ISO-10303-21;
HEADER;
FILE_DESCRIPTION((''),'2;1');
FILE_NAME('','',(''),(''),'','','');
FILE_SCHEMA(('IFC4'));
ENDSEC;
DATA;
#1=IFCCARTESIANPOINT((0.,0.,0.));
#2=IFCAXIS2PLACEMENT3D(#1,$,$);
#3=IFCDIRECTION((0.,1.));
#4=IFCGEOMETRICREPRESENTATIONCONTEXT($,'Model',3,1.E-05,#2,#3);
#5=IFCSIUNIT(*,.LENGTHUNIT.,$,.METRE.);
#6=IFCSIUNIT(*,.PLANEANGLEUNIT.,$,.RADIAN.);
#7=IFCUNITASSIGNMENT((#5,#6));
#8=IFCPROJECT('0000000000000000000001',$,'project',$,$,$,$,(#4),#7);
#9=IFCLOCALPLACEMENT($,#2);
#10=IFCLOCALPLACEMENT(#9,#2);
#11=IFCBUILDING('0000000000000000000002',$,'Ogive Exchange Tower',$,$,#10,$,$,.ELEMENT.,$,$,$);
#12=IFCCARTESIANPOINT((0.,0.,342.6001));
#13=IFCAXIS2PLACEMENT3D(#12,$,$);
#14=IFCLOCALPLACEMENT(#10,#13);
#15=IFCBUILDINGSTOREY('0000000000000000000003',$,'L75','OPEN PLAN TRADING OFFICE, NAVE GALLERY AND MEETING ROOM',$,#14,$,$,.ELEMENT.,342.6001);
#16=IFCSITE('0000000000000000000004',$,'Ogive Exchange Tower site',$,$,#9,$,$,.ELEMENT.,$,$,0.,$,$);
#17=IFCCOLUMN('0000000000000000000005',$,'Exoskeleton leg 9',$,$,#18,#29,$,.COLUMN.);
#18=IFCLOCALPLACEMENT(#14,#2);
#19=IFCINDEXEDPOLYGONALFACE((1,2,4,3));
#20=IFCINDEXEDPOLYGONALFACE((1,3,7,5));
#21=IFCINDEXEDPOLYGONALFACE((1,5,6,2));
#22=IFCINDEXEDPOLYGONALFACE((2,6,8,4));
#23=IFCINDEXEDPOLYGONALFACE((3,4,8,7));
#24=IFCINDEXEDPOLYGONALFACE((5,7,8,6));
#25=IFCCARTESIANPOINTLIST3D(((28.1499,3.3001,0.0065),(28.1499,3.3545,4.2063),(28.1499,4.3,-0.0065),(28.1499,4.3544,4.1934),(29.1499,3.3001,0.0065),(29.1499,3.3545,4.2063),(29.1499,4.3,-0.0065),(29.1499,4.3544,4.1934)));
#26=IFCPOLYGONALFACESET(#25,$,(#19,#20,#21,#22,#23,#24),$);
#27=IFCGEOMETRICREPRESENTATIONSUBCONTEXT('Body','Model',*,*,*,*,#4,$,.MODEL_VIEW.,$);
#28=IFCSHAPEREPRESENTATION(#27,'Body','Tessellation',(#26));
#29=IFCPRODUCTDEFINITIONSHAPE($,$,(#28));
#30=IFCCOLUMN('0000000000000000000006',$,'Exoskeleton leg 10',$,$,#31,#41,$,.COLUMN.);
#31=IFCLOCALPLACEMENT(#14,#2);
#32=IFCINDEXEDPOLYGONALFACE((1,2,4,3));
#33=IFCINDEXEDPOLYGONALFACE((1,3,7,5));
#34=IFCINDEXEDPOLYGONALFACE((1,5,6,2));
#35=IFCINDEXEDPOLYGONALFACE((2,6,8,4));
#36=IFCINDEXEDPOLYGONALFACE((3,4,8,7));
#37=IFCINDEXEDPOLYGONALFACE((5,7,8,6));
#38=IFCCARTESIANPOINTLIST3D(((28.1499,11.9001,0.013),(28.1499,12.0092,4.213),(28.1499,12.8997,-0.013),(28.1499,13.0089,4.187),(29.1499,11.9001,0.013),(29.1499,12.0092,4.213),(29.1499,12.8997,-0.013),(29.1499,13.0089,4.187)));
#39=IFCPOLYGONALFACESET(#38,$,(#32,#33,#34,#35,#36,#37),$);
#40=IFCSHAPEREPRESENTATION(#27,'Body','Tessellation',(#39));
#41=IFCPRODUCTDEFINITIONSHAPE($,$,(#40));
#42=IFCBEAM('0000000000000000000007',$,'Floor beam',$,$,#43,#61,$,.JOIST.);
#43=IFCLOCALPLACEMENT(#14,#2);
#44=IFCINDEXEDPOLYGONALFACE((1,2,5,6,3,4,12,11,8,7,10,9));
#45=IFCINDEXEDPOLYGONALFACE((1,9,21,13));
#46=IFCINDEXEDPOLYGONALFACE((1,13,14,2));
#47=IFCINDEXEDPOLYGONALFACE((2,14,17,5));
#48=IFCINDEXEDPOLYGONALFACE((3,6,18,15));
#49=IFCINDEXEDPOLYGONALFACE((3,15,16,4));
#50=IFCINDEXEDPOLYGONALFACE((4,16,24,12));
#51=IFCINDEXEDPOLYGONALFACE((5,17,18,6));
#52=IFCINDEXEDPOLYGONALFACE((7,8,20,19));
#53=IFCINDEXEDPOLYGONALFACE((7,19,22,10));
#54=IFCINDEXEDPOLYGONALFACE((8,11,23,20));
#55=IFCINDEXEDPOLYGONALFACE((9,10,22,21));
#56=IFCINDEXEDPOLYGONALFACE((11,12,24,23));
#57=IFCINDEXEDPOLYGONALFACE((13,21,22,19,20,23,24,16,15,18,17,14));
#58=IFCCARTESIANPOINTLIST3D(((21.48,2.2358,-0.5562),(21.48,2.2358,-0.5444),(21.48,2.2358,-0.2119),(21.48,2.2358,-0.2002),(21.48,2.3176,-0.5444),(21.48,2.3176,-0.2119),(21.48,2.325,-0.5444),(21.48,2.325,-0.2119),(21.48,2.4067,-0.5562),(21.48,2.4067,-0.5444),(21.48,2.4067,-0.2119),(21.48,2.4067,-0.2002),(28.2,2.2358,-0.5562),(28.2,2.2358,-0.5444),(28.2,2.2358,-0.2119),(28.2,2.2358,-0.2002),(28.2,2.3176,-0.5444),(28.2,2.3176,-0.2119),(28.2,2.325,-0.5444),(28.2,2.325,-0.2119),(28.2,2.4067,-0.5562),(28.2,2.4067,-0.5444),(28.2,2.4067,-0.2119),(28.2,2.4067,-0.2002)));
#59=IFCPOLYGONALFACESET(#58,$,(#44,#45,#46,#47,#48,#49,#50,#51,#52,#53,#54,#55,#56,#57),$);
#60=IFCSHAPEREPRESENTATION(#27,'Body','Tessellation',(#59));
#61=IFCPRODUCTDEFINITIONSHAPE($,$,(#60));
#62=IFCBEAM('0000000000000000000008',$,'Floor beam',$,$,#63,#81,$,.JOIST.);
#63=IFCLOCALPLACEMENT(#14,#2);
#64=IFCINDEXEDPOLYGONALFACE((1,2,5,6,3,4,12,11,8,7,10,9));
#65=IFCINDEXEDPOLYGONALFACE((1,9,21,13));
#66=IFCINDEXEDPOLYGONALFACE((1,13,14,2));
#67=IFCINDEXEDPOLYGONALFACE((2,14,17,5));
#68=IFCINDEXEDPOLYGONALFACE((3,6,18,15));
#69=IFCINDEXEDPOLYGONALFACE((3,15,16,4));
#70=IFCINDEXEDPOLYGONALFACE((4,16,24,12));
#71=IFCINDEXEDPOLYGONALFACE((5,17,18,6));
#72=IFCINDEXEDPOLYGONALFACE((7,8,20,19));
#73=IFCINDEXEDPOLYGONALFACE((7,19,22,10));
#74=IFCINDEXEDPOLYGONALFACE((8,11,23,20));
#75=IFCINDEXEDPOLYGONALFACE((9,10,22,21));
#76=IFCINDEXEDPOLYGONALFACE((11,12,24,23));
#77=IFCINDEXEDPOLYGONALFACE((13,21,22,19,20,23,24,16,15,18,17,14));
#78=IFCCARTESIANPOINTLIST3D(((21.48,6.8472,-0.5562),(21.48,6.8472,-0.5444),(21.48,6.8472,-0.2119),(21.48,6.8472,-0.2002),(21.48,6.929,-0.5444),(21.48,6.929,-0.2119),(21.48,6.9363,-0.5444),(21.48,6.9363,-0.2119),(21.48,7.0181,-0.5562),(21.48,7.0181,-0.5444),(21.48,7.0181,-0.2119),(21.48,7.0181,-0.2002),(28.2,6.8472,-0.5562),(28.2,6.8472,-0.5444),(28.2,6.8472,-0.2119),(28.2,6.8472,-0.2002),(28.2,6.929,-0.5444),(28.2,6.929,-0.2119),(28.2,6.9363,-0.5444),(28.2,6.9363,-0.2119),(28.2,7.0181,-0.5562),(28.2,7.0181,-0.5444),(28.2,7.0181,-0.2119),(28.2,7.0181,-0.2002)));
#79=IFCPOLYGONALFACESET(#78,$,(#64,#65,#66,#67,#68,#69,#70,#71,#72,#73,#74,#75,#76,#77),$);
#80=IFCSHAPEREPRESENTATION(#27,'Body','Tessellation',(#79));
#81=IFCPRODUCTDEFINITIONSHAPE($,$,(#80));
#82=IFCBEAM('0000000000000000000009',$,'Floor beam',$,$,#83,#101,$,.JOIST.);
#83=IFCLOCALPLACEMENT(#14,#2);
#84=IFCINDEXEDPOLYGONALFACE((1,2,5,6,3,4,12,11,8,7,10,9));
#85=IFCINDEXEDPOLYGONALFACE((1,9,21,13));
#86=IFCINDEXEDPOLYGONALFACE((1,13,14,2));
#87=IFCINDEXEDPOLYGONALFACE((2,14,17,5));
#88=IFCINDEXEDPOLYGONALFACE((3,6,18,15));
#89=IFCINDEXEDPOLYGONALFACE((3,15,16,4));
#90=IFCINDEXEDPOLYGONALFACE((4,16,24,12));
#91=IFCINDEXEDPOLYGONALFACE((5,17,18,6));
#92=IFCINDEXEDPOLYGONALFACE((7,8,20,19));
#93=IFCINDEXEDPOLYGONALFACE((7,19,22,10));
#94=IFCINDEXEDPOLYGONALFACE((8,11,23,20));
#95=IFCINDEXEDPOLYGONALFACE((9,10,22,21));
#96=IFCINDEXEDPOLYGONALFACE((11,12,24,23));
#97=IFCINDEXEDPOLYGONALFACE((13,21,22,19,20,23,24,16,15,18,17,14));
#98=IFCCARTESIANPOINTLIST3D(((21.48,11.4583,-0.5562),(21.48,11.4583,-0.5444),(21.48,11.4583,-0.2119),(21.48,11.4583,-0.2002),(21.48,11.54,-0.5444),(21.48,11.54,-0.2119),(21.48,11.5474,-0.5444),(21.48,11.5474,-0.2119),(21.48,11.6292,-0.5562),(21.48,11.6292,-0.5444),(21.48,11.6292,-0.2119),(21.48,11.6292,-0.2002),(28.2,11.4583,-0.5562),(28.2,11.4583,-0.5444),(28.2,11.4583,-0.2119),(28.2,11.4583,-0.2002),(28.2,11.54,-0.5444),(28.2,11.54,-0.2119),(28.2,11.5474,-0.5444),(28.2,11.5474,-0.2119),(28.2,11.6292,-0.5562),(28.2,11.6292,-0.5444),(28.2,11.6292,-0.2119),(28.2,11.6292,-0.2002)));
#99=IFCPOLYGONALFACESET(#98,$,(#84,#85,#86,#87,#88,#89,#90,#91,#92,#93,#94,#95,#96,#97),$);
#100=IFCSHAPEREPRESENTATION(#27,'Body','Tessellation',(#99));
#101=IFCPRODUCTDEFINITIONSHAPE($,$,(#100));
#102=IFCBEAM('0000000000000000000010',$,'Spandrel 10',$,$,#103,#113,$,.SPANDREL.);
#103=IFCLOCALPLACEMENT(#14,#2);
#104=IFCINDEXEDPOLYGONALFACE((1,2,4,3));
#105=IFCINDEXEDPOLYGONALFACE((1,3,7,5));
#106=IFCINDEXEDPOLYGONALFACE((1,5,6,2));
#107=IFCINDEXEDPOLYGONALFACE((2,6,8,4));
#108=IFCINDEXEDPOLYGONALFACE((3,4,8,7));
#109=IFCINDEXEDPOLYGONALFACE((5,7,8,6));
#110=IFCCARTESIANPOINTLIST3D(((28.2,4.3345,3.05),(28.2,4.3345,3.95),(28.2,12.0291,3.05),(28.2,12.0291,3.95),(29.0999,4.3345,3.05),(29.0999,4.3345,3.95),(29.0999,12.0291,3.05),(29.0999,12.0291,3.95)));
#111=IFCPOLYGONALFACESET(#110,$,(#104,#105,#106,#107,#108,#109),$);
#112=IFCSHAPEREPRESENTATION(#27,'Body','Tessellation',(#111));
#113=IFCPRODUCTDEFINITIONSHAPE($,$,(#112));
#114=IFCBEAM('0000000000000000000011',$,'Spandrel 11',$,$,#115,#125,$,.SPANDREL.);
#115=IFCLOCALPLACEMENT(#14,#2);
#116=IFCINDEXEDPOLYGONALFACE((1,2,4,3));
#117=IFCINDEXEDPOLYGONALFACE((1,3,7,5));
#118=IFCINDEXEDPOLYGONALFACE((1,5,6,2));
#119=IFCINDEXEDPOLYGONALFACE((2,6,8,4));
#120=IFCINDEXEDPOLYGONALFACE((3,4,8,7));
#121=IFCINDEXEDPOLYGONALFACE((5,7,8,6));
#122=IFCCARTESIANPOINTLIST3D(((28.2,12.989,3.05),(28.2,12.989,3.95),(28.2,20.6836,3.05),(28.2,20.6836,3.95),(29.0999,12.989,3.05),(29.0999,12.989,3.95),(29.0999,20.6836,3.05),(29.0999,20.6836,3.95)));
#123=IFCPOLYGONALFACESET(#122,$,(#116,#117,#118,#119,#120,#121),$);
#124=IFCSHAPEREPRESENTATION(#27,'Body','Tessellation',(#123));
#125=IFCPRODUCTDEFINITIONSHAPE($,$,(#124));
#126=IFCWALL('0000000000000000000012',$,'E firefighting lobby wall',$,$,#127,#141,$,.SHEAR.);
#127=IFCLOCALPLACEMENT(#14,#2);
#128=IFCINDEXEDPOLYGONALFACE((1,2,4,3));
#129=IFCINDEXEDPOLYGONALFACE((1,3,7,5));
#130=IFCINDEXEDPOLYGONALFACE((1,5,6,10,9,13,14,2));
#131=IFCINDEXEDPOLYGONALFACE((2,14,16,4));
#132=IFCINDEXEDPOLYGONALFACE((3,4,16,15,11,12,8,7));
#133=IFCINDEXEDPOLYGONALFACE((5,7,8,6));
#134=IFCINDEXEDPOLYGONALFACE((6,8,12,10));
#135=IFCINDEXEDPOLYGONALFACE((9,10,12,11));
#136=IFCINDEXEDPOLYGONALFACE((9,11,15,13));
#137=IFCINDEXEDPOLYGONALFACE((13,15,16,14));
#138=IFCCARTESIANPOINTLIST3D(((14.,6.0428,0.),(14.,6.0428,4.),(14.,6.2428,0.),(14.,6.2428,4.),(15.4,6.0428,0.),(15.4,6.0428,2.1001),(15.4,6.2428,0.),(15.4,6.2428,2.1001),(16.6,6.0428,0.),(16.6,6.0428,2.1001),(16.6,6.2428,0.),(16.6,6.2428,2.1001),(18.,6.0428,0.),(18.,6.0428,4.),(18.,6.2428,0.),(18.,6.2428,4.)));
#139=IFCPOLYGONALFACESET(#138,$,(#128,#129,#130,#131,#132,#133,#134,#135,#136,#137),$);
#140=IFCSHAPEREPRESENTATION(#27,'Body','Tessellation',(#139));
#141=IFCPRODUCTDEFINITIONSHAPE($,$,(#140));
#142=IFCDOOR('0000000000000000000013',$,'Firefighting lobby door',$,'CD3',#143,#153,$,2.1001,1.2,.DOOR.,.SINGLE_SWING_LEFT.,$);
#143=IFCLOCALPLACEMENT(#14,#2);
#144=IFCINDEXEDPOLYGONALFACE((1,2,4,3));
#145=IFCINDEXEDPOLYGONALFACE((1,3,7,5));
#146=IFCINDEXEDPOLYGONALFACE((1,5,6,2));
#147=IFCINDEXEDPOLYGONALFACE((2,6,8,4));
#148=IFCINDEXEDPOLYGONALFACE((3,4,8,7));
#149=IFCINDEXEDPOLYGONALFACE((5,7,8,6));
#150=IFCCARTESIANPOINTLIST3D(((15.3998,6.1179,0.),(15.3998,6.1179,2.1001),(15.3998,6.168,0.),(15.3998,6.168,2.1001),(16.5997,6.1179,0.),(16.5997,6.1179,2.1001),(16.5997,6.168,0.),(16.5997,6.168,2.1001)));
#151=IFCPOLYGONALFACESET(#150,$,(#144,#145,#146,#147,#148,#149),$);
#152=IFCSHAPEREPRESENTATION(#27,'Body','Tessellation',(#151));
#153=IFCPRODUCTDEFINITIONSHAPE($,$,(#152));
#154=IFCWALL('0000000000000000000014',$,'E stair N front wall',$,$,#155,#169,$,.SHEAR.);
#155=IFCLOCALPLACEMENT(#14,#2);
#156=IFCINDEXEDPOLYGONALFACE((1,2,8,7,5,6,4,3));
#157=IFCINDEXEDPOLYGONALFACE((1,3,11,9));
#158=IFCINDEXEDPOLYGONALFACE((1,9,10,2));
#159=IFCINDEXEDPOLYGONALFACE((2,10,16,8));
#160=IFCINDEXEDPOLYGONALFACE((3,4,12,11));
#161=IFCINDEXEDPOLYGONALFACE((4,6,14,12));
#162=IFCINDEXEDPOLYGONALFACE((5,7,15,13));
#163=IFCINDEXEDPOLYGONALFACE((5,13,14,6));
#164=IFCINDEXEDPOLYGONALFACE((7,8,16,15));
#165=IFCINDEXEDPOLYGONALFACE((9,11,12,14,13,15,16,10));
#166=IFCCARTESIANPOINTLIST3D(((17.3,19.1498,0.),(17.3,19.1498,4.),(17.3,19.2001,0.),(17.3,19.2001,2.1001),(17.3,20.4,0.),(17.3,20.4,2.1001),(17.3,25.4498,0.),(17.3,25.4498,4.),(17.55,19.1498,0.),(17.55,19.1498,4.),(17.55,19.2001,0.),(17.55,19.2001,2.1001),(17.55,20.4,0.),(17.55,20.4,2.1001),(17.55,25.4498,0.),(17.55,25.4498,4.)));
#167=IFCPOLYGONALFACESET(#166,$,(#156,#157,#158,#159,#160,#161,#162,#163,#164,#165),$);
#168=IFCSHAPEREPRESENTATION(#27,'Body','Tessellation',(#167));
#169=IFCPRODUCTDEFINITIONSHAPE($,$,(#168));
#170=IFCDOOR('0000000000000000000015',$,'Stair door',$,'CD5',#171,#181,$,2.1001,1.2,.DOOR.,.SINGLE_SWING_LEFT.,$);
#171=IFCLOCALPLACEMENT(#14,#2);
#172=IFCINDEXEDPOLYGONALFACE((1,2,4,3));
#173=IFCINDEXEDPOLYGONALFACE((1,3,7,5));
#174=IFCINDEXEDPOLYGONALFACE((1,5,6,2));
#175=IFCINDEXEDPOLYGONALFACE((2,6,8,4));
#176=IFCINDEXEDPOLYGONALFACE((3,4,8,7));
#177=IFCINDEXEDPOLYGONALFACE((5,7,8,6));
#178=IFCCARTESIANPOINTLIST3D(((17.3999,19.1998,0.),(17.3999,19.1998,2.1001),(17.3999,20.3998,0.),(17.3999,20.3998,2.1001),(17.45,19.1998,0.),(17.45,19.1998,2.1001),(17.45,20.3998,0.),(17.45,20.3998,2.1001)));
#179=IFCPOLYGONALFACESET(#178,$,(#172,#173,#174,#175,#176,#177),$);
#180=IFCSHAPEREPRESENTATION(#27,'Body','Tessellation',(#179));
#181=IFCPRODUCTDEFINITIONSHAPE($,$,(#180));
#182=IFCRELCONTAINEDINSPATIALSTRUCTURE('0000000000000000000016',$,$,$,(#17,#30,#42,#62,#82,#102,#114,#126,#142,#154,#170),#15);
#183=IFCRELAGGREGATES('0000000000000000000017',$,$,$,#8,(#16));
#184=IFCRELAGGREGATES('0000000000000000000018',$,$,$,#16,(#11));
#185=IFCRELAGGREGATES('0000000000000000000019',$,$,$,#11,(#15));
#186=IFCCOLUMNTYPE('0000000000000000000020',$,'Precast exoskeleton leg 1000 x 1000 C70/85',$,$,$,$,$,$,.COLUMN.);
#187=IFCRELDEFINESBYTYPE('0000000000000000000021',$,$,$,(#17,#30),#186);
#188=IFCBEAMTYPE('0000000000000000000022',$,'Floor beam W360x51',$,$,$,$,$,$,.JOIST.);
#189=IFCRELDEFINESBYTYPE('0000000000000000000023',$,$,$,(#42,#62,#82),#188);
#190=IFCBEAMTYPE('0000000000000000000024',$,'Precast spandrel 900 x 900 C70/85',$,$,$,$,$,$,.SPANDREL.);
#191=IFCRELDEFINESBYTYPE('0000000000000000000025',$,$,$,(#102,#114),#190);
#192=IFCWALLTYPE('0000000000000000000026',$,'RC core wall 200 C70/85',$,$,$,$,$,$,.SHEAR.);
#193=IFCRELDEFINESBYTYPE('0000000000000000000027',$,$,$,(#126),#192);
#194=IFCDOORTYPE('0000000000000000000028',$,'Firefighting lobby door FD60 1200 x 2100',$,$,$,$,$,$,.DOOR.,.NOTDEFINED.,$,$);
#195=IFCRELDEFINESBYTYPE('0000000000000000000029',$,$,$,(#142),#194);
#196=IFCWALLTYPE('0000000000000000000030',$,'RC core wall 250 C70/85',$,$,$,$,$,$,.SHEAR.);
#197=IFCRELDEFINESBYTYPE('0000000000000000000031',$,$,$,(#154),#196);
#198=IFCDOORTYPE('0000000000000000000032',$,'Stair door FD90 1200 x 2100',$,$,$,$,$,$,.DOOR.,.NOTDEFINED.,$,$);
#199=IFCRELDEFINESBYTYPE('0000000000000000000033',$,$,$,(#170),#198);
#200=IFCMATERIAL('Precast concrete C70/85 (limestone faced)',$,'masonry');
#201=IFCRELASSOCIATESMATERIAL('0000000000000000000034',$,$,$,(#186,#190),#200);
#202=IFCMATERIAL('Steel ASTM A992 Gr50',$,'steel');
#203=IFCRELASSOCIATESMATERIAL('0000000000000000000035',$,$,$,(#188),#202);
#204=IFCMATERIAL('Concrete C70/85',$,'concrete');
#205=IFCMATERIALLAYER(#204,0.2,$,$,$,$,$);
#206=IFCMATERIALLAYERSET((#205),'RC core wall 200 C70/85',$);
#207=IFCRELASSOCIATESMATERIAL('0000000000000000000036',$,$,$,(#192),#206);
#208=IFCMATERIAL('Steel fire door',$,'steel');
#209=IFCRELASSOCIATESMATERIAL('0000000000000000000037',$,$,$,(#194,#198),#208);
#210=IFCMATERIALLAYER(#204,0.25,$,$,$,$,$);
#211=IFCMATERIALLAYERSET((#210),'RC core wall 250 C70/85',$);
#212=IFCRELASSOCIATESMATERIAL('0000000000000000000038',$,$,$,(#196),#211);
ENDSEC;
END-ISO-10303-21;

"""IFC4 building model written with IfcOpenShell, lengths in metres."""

from ifc_helpers import new_model, si_unit, direction, frame, frame_2d, origin, origin_2d, place, context, subcontext, project, spatial, rectangle, i_section, extrude, material, layer, layer_set, material_profile, profile_set, type_object, element, fill, save


model = new_model("IFC4")

# Units and contexts
model_context = context("Model", 3, precision=1e-05, world=origin(), true_north=direction((0.0, 1.0)))
body_context = subcontext(model_context, "Body", "Model", "MODEL_VIEW")
ifc_project = project(units=[si_unit("LENGTHUNIT", "METRE"), si_unit("PLANEANGLEUNIT", "RADIAN")], contexts=[model_context])

# Site, building, storey
site_placement = place(None, origin())
site = spatial("IfcSite", under=ifc_project, at=site_placement, Name="Ogive Exchange Tower site", CompositionType="ELEMENT", RefElevation=0.0)
building_placement = place(site_placement, origin())
building = spatial("IfcBuilding", under=site, at=building_placement, Name="Ogive Exchange Tower", CompositionType="ELEMENT")
storey_placement = place(building_placement, frame((0.0, 0.0, 342.6001)))
storey = spatial("IfcBuildingStorey", under=building, at=storey_placement, Name="L75", Description="OPEN PLAN TRADING OFFICE, NAVE GALLERY AND MEETING ROOM", CompositionType="ELEMENT", Elevation=342.6001)

# Columns
ifc_material_1 = material(Name="Precast concrete C70/85 (limestone faced)", Category="masonry")
ifc_material_profile_1 = material_profile(ifc_material_1, rectangle(XDim=1.0, YDim=1.0, at=origin_2d()), Name="1000 x 1000")
ifc_profile_set_1 = profile_set([ifc_material_profile_1], Name="Precast concrete C70/85 (limestone faced)")
column_type = type_object("IfcColumnType", Name="Precast exoskeleton leg 1000 x 1000 C70/85", PredefinedType="COLUMN", material=ifc_profile_set_1)
column_1_placement = place(storey_placement, frame((28.6499, 3.8, 0.0), z_axis=(0.0, 0.012962, 0.999916), x_axis=(-1.0, 0.0, 0.0)))
element("IfcColumn", 1, at=column_1_placement, inside=storey, type_object=column_type, Name="Exoskeleton leg 9", PredefinedType="COLUMN", context=body_context, shape_type="SweptSolid", body=[
    extrude(rectangle(XDim=1.0, YDim=1.0, at=origin_2d()), origin(), (0.0, 0.0, 1.0), 4.2002),
])
column_2_placement = place(storey_placement, frame((28.6499, 12.3999, 0.0), z_axis=(0.0, 0.025975, 0.999663), x_axis=(-1.0, 0.0, 0.0)))
element("IfcColumn", 2, at=column_2_placement, inside=storey, type_object=column_type, Name="Exoskeleton leg 10", PredefinedType="COLUMN", context=body_context, shape_type="SweptSolid", body=[
    extrude(rectangle(XDim=1.0, YDim=1.0, at=origin_2d()), origin(), (0.0, 0.0, 1.0), 4.2014),
])

# Beams
ifc_material_2 = material(Name="Steel ASTM A992 Gr50", Category="steel")
ifc_material_profile_2 = material_profile(ifc_material_2, i_section(OverallWidth=0.1709, OverallDepth=0.356, WebThickness=0.0073, FlangeThickness=0.0117, at=origin_2d()), Name="W360x51")
ifc_profile_set_2 = profile_set([ifc_material_profile_2], Name="Steel ASTM A992 Gr50")
beam_type_1 = type_object("IfcBeamType", Name="Floor beam W360x51", PredefinedType="JOIST", material=ifc_profile_set_2)
for number, where, z_axis, x_axis, name in (
    (3, (21.48, 2.3213, -0.3782), (1.0, 0.0, 0.0), (0.0, 1.0, 0.0), "Floor beam"),
    (4, (21.48, 6.9326, -0.3782), (1.0, 0.0, 0.0), (0.0, 1.0, 0.0), "Floor beam"),
    (5, (21.48, 11.5437, -0.3782), (1.0, 0.0, 0.0), (0.0, 1.0, 0.0), "Floor beam"),
):
    element("IfcBeam", number, at=place(storey_placement, frame(where, z_axis=z_axis, x_axis=x_axis)), inside=storey, type_object=beam_type_1, Name=name, PredefinedType="JOIST", context=body_context, shape_type="SweptSolid", body=[
        extrude(i_section(OverallWidth=0.1709, OverallDepth=0.356, WebThickness=0.0073, FlangeThickness=0.0117, at=origin_2d()), origin(), (0.0, 0.0, 1.0), 6.72),
    ])
ifc_material_profile_3 = material_profile(ifc_material_1, rectangle(XDim=0.8999, YDim=0.8999, at=origin_2d()), Name="900 x 900")
ifc_profile_set_3 = profile_set([ifc_material_profile_3], Name="Precast concrete C70/85 (limestone faced)")
beam_type_2 = type_object("IfcBeamType", Name="Precast spandrel 900 x 900 C70/85", PredefinedType="SPANDREL", material=ifc_profile_set_3)
for number, where, z_axis, x_axis, name in (
    (6, (28.6499, 4.3345, 3.5), (0.0, 1.0, 0.0), (-1.0, 0.0, 0.0), "Spandrel 10"),
    (7, (28.6499, 12.989, 3.5), (0.0, 1.0, 0.0), (-1.0, 0.0, 0.0), "Spandrel 11"),
):
    element("IfcBeam", number, at=place(storey_placement, frame(where, z_axis=z_axis, x_axis=x_axis)), inside=storey, type_object=beam_type_2, Name=name, PredefinedType="SPANDREL", context=body_context, shape_type="SweptSolid", body=[
        extrude(rectangle(XDim=0.8999, YDim=0.8999, at=origin_2d()), origin(), (0.0, 0.0, 1.0), 7.6946),
    ])

# Walls, openings, doors
ifc_material_3 = material(Name="Concrete C70/85", Category="concrete")
ifc_layer_1 = layer(ifc_material_3, 0.2)
ifc_layer_set_1 = layer_set([ifc_layer_1], Name="RC core wall 200 C70/85")
wall_type_1 = type_object("IfcWallType", Name="RC core wall 200 C70/85", PredefinedType="SHEAR", material=ifc_layer_set_1)
wall_1_placement = place(storey_placement, frame((14.0, 6.1428, 0.0), z_axis=(0.0, 0.0, 1.0), x_axis=(1.0, 0.0, 0.0)))
wall_1 = element("IfcWall", 8, at=wall_1_placement, inside=storey, type_object=wall_type_1, Name="E firefighting lobby wall", PredefinedType="SHEAR", context=body_context, shape_type="SweptSolid", body=[
    extrude(rectangle(XDim=4.0, YDim=0.2, at=frame_2d((2.0, 0.0))), origin(), (0.0, 0.0, 1.0), 4.0),
])
opening_1_placement = place(wall_1_placement, frame((1.3999, 0.0, 0.0)))
opening_1 = element("IfcOpeningElement", 9, at=opening_1_placement, cuts=wall_1, PredefinedType="OPENING", context=body_context, shape_type="SweptSolid", body=[
    extrude(rectangle(XDim=1.2, YDim=2.1001, at=frame_2d((0.6001, 1.05))), frame((0.0, 0.1099, 0.0), z_axis=(0.0, -1.0, 0.0), x_axis=(1.0, 0.0, 0.0)), (0.0, 0.0, 1.0), 0.22),
])
ifc_material_4 = material(Name="Steel fire door", Category="steel")
door_type_1 = type_object("IfcDoorType", Name="Firefighting lobby door FD60 1200 x 2100", OperationType="NOTDEFINED", PredefinedType="DOOR", material=ifc_material_4)
door_1_placement = place(opening_1_placement, frame((1.2, 0.0, 0.0), z_axis=(0.0, 0.0, 1.0), x_axis=(-1.0, 0.0, 0.0)))
door_1 = element("IfcDoor", 10, at=door_1_placement, inside=storey, type_object=door_type_1, Name="Firefighting lobby door", ObjectType="CD3", OperationType="SINGLE_SWING_LEFT", OverallHeight=2.1001, OverallWidth=1.2, PredefinedType="DOOR", context=body_context, shape_type="SweptSolid", body=[
    extrude(rectangle(XDim=1.2, YDim=2.1001, at=frame_2d((0.6001, 1.05))), frame((0.0, 0.0249, 0.0), z_axis=(0.0, -1.0, 0.0), x_axis=(1.0, 0.0, 0.0)), (0.0, 0.0, 1.0), 0.05),
])
fill(opening_1, door_1)
ifc_layer_2 = layer(ifc_material_3, 0.25)
ifc_layer_set_2 = layer_set([ifc_layer_2], Name="RC core wall 250 C70/85")
wall_type_2 = type_object("IfcWallType", Name="RC core wall 250 C70/85", PredefinedType="SHEAR", material=ifc_layer_set_2)
wall_2_placement = place(storey_placement, frame((17.425, 19.1499, 0.0), z_axis=(0.0, 0.0, 1.0), x_axis=(0.0, 1.0, 0.0)))
wall_2 = element("IfcWall", 11, at=wall_2_placement, inside=storey, type_object=wall_type_2, Name="E stair N front wall", PredefinedType="SHEAR", context=body_context, shape_type="SweptSolid", body=[
    extrude(rectangle(XDim=6.3, YDim=0.25, at=frame_2d((3.1499, 0.0))), origin(), (0.0, 0.0, 1.0), 4.0),
])
opening_2_placement = place(wall_2_placement, frame((0.05, 0.0, 0.0)))
opening_2 = element("IfcOpeningElement", 12, at=opening_2_placement, cuts=wall_2, PredefinedType="OPENING", context=body_context, shape_type="SweptSolid", body=[
    extrude(rectangle(XDim=1.2, YDim=2.1001, at=frame_2d((0.6001, 1.05))), frame((0.0, 0.135, 0.0), z_axis=(0.0, -1.0, 0.0), x_axis=(1.0, 0.0, 0.0)), (0.0, 0.0, 1.0), 0.27),
])
door_type_2 = type_object("IfcDoorType", Name="Stair door FD90 1200 x 2100", OperationType="NOTDEFINED", PredefinedType="DOOR", material=ifc_material_4)
door_2_placement = place(opening_2_placement, frame((1.2, 0.0, 0.0), z_axis=(0.0, 0.0, 1.0), x_axis=(-1.0, 0.0, 0.0)))
door_2 = element("IfcDoor", 13, at=door_2_placement, inside=storey, type_object=door_type_2, Name="Stair door", ObjectType="CD5", OperationType="SINGLE_SWING_LEFT", OverallHeight=2.1001, OverallWidth=1.2, PredefinedType="DOOR", context=body_context, shape_type="SweptSolid", body=[
    extrude(rectangle(XDim=1.2, YDim=2.1001, at=frame_2d((0.6001, 1.05))), frame((0.0, 0.0249, 0.0), z_axis=(0.0, -1.0, 0.0), x_axis=(1.0, 0.0, 0.0)), (0.0, 0.0, 1.0), 0.05),
])
fill(opening_2, door_2)

save(model, "model.ifc")
